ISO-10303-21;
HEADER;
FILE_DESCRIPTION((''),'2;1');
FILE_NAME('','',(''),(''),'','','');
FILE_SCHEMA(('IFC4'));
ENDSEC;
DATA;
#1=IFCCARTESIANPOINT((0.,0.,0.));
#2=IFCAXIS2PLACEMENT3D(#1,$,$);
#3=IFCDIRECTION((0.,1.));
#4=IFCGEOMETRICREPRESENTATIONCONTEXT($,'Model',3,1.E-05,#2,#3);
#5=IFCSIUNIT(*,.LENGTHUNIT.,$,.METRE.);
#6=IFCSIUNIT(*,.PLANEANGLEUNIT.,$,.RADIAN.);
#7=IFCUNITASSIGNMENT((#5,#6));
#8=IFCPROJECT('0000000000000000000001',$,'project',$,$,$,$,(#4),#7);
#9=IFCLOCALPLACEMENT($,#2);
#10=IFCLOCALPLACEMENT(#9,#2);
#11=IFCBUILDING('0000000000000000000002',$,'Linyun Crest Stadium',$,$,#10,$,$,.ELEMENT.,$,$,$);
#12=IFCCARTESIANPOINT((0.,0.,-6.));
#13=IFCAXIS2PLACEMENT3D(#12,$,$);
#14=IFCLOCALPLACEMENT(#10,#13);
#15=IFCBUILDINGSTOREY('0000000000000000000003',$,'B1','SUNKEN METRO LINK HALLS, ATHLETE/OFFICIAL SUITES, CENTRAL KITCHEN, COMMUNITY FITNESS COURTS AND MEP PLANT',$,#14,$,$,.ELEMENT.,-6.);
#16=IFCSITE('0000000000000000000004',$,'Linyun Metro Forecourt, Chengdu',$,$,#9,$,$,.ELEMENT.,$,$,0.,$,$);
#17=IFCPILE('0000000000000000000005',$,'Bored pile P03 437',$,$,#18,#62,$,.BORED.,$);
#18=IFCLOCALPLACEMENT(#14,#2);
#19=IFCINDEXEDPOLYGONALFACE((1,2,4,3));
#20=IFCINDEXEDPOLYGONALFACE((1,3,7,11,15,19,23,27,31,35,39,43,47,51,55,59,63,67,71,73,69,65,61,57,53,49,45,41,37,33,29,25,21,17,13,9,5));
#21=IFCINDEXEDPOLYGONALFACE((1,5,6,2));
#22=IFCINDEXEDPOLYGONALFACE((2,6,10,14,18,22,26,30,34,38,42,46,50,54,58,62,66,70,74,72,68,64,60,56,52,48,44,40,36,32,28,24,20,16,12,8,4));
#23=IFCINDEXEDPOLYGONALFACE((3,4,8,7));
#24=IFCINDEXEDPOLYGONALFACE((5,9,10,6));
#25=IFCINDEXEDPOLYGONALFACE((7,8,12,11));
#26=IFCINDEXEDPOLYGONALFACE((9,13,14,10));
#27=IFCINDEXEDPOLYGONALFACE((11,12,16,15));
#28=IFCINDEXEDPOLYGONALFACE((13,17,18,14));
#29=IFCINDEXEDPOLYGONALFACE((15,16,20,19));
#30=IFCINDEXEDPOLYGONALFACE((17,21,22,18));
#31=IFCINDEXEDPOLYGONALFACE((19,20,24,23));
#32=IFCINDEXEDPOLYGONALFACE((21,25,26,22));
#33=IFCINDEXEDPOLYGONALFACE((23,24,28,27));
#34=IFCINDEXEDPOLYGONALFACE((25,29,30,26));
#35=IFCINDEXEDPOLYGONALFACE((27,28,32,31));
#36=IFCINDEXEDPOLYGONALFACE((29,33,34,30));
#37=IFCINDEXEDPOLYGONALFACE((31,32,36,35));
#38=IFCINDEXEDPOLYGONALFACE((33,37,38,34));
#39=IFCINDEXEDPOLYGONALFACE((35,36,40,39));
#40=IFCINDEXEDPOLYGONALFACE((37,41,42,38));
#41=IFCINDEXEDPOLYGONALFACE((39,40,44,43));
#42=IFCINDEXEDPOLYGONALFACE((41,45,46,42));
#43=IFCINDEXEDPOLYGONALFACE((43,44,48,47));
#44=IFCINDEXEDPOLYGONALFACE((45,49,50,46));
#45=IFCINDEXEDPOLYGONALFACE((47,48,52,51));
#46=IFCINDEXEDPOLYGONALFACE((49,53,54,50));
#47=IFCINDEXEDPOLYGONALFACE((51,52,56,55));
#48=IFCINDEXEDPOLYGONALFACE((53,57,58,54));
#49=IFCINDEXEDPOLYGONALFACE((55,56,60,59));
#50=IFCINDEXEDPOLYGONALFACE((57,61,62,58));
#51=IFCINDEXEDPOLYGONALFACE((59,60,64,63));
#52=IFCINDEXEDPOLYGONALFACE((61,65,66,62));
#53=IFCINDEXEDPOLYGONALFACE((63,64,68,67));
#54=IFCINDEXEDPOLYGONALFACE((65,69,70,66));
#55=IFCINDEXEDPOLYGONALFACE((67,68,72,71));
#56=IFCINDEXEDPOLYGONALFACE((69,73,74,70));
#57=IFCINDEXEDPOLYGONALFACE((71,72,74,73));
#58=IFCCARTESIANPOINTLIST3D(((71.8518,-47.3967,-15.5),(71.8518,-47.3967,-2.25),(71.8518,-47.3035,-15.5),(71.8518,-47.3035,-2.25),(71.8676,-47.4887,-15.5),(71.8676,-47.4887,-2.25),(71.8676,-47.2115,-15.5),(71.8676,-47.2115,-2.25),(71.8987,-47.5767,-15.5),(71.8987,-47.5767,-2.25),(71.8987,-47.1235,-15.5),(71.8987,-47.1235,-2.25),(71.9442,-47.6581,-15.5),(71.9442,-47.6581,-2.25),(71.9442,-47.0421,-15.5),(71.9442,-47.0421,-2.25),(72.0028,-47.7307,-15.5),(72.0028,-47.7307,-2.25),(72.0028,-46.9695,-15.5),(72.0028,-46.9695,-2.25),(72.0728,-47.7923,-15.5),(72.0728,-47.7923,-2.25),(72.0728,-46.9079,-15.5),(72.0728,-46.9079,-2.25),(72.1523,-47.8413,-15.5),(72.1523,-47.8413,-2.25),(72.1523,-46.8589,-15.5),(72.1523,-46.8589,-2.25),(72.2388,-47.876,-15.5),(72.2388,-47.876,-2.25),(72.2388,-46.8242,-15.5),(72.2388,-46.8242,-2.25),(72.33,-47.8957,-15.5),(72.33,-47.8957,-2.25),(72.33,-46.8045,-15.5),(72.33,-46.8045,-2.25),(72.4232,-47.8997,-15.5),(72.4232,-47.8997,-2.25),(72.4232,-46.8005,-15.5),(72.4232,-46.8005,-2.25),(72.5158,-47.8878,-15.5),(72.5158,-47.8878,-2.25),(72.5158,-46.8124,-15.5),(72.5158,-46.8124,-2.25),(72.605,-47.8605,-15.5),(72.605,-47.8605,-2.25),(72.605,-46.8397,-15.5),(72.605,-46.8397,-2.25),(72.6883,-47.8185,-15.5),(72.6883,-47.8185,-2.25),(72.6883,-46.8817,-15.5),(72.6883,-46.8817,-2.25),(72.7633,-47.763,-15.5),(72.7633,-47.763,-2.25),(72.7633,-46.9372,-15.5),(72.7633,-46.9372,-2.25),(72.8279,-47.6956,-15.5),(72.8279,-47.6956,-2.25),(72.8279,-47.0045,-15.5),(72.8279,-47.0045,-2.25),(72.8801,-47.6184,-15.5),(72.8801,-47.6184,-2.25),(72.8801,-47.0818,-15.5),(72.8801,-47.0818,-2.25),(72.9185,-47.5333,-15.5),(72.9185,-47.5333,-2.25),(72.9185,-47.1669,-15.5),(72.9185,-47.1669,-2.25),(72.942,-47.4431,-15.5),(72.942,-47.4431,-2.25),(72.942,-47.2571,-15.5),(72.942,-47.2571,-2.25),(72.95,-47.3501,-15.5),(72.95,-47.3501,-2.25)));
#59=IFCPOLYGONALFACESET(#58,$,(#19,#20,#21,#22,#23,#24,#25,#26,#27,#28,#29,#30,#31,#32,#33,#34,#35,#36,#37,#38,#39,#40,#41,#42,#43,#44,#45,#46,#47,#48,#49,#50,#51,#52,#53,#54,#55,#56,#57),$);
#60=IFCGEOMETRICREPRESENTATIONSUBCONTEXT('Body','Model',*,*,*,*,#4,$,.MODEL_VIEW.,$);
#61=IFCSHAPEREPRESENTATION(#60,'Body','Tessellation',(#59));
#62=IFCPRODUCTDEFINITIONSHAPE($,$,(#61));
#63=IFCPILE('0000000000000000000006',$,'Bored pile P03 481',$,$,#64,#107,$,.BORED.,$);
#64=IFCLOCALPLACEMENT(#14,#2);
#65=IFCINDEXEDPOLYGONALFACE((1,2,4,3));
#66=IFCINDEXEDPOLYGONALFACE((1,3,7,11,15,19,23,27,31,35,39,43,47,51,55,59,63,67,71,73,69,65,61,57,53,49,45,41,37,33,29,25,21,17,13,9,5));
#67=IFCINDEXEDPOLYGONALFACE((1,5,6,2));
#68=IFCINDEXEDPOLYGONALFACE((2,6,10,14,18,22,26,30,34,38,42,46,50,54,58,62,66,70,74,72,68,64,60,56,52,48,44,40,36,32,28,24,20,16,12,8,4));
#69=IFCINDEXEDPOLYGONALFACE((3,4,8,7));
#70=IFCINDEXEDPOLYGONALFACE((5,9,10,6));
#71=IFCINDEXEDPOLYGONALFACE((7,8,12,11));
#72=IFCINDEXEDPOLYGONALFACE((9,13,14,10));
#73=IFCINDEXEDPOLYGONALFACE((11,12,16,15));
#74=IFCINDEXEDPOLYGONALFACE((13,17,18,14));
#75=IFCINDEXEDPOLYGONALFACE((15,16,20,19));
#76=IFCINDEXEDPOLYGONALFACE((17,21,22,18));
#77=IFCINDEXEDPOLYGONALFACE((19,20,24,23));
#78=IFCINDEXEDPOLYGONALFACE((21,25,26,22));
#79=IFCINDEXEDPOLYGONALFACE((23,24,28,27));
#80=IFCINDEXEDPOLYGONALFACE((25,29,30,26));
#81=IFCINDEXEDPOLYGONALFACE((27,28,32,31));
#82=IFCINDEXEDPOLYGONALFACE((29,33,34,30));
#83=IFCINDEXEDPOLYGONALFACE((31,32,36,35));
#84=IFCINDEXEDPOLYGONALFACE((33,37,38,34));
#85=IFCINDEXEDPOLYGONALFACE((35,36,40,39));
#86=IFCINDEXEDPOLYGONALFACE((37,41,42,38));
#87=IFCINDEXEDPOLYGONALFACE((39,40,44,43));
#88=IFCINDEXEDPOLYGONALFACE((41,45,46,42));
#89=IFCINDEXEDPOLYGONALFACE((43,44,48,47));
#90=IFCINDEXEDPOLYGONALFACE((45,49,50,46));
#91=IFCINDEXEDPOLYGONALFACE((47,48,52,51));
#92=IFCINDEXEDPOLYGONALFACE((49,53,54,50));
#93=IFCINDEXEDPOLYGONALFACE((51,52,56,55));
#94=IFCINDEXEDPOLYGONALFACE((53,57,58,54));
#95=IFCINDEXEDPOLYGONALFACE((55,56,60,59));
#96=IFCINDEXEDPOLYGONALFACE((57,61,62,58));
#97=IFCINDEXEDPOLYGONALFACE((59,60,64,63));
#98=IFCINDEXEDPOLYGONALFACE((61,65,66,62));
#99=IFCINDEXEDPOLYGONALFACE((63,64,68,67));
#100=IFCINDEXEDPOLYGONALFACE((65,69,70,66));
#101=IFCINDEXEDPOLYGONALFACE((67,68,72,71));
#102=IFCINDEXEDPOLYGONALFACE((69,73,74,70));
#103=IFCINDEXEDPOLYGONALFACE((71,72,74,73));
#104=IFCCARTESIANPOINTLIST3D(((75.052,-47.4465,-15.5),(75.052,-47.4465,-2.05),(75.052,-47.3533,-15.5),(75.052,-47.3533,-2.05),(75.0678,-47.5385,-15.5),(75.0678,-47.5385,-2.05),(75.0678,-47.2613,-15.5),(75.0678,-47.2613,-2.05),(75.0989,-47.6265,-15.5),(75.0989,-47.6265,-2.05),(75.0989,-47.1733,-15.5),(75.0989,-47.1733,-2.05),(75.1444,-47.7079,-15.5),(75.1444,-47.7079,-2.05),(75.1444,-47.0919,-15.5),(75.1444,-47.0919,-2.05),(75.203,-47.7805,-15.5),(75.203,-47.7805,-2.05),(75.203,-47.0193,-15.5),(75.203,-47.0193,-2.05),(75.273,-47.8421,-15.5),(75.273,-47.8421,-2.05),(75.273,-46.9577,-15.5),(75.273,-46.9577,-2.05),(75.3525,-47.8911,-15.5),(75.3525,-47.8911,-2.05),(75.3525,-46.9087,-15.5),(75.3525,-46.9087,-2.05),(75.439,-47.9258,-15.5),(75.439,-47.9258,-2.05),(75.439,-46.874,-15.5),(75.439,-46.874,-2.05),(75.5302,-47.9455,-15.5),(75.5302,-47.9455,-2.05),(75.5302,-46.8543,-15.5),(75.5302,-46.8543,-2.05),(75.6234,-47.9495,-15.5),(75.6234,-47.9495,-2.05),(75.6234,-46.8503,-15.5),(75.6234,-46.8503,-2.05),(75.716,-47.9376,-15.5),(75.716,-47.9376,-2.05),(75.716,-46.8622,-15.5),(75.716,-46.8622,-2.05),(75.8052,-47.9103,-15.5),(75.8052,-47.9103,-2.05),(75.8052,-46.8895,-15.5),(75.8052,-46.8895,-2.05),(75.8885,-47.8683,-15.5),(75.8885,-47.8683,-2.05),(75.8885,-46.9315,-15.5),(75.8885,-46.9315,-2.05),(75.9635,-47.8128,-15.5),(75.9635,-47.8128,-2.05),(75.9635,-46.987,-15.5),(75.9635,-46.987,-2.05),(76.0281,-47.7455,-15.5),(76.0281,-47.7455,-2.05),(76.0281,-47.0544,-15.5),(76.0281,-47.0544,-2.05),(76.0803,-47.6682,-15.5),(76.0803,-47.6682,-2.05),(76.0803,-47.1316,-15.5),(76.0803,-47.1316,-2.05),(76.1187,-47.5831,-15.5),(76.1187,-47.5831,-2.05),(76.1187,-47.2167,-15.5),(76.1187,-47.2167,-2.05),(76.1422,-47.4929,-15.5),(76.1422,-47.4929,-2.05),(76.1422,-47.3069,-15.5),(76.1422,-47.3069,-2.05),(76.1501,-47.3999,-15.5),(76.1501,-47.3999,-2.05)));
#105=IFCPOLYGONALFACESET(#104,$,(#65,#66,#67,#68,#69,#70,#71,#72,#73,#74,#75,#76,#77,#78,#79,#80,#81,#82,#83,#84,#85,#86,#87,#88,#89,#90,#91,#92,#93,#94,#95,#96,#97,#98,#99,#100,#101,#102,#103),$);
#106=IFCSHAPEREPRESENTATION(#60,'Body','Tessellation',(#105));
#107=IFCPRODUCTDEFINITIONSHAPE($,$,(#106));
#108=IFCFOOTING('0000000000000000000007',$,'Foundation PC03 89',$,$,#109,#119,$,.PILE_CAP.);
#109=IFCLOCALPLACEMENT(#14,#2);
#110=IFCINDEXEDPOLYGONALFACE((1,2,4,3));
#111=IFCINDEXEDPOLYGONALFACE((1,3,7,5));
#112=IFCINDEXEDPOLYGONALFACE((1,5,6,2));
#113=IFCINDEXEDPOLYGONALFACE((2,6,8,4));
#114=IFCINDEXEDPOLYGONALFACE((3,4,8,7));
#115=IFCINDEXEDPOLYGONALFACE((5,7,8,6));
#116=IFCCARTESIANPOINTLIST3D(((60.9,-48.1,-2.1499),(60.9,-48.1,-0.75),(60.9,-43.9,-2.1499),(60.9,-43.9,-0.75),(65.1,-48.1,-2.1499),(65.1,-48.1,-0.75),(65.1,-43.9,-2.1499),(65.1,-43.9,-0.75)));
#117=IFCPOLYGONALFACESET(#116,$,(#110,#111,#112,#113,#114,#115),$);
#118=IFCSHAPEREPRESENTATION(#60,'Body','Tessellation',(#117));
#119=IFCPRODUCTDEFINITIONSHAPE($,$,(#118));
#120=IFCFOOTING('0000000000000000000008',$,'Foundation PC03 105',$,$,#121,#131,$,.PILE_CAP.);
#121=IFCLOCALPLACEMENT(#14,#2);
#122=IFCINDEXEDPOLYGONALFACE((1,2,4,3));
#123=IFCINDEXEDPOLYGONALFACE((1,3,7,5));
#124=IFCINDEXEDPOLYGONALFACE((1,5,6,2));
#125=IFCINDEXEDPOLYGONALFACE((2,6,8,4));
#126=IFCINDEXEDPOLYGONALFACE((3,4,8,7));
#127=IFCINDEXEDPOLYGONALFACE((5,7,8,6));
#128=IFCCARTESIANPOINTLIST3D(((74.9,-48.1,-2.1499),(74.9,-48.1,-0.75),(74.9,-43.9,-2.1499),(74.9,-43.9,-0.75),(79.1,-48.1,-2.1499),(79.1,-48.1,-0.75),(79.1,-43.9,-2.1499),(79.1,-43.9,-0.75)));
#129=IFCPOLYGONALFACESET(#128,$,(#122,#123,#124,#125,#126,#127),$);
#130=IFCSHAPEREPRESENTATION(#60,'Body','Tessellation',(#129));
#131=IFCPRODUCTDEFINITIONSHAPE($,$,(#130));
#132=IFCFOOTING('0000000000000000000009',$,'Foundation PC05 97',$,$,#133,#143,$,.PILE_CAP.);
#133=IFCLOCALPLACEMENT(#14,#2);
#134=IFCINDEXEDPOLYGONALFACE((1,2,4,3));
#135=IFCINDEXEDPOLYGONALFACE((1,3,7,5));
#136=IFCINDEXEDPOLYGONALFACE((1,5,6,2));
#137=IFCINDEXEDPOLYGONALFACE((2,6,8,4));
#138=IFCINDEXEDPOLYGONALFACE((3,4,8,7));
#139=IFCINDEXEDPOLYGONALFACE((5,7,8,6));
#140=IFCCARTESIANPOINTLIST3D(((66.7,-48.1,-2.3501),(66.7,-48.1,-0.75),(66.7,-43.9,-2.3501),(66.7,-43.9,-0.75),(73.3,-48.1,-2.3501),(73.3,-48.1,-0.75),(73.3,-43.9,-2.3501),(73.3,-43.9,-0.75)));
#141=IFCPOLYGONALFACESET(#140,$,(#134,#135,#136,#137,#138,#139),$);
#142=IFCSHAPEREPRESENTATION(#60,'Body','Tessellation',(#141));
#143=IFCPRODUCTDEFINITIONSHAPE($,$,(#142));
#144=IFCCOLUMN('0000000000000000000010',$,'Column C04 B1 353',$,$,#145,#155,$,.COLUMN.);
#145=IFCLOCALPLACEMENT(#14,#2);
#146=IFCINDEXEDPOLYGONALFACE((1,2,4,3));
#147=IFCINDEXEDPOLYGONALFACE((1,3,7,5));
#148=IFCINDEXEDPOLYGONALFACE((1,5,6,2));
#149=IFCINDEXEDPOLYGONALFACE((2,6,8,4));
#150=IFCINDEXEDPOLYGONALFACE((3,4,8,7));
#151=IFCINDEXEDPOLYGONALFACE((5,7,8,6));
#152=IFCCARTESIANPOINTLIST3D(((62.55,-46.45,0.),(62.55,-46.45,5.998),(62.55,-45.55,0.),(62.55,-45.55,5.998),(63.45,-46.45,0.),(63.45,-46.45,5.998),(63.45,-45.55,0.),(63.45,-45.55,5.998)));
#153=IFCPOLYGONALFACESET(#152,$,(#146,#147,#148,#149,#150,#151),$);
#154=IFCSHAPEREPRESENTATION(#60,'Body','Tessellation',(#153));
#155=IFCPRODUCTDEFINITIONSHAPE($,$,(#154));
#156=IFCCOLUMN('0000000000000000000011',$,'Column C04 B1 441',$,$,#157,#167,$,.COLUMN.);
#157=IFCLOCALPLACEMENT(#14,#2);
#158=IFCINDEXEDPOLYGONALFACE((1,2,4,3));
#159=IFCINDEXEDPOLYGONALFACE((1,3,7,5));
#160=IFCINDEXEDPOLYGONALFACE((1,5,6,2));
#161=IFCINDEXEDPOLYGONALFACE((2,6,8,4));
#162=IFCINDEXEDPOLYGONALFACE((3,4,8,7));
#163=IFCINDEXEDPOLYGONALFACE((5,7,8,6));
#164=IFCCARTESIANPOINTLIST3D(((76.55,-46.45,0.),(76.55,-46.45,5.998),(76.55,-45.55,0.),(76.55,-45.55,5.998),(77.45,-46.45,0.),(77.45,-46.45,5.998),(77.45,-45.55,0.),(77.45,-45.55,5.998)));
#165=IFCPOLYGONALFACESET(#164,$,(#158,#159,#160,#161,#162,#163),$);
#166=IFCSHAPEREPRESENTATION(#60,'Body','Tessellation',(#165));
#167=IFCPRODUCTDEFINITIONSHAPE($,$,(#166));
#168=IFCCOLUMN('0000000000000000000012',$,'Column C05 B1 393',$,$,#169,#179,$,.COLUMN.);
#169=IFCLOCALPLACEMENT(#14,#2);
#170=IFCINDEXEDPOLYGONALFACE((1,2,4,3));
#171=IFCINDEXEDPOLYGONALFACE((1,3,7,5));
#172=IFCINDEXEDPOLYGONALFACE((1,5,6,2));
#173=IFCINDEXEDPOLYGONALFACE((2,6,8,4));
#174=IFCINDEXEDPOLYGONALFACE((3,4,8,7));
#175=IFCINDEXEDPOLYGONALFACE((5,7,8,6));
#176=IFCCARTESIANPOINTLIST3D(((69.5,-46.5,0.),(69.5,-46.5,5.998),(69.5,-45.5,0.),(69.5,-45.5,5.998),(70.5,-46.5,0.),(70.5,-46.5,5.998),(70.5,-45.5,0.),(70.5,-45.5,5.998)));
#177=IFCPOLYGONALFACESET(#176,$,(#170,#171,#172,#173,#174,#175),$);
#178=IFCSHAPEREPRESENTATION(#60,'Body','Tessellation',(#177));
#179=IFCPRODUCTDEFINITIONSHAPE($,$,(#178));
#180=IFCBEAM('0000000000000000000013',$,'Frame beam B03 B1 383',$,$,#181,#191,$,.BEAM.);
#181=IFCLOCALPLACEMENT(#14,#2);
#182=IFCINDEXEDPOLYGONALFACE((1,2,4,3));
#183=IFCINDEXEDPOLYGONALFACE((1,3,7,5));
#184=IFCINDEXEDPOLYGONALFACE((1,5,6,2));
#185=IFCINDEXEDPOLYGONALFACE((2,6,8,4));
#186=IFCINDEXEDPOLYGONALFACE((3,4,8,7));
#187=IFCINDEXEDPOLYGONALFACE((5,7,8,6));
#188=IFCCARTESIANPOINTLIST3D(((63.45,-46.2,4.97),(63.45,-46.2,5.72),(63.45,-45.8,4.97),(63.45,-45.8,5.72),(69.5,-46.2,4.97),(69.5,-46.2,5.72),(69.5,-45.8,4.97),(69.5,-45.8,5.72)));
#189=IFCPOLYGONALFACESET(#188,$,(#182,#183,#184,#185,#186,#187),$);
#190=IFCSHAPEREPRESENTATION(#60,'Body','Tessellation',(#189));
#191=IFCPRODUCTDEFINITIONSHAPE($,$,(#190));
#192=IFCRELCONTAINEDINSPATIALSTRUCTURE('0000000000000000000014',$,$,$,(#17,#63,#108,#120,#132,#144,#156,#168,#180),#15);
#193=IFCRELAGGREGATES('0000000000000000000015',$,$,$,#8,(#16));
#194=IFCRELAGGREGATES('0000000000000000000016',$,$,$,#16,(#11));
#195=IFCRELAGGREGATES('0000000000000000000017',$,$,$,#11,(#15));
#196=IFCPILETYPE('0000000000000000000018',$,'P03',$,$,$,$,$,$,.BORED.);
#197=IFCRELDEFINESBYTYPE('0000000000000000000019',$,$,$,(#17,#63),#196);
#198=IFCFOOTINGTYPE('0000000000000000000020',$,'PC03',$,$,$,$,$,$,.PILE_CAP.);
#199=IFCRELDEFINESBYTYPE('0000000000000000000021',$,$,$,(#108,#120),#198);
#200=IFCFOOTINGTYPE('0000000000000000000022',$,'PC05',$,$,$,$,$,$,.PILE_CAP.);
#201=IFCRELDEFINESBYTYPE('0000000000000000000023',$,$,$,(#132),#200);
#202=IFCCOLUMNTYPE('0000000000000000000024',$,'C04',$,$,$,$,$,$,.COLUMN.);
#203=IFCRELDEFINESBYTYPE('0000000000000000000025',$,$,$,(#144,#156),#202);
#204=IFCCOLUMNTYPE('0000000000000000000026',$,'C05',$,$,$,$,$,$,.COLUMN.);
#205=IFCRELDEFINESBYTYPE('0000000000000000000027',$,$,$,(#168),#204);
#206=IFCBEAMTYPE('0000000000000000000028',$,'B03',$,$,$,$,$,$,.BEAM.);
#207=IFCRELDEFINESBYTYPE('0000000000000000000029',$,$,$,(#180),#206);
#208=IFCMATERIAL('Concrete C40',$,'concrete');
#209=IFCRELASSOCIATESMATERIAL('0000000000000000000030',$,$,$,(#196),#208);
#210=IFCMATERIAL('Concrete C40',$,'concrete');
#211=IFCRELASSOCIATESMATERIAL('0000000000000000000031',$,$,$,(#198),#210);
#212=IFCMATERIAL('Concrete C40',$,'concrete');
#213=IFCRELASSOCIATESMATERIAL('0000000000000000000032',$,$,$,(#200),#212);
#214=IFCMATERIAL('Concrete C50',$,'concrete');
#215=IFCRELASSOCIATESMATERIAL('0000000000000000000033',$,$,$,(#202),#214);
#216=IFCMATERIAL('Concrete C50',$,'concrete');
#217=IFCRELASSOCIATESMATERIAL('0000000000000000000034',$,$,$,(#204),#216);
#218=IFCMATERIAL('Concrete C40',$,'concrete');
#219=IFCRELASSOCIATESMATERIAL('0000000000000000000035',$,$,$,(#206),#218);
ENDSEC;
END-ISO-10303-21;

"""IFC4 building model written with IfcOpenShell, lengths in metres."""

from ifc_helpers import new_model, si_unit, direction, frame, origin, origin_2d, place, context, subcontext, project, spatial, rectangle, circle, extrude, material, material_profile, profile_set, type_object, element, save


model = new_model("IFC4")

# Units and contexts
model_context = context("Model", 3, precision=1e-05, world=origin(), true_north=direction((0.0, 1.0)))
body_context = subcontext(model_context, "Body", "Model", "MODEL_VIEW")
ifc_project = project(units=[si_unit("LENGTHUNIT", "METRE"), si_unit("PLANEANGLEUNIT", "RADIAN")], contexts=[model_context])

# Site, building, storey
site_placement = place(None, origin())
site = spatial("IfcSite", under=ifc_project, at=site_placement, Name="Linyun Metro Forecourt, Chengdu", CompositionType="ELEMENT", RefElevation=0.0)
building_placement = place(site_placement, origin())
building = spatial("IfcBuilding", under=site, at=building_placement, Name="Linyun Crest Stadium", CompositionType="ELEMENT")
storey_placement = place(building_placement, frame((0.0, 0.0, -6.0)))
storey = spatial("IfcBuildingStorey", under=building, at=storey_placement, Name="B1", Description="SUNKEN METRO LINK HALLS, ATHLETE/OFFICIAL SUITES, CENTRAL KITCHEN, COMMUNITY FITNESS COURTS AND MEP PLANT", CompositionType="ELEMENT", Elevation=-6.0)

# Piles
ifc_material_1 = material(Name="Concrete C40", Category="concrete")
ifc_material_profile_1 = material_profile(ifc_material_1, circle(Radius=0.55, at=origin_2d()), Name="BORED PILE 1100")
ifc_profile_set_1 = profile_set([ifc_material_profile_1], Name="Concrete C40")
pile_type = type_object("IfcPileType", Name="P03", PredefinedType="BORED", material=ifc_profile_set_1)
for number, where, z_axis, x_axis, name in (
    (1, (72.3999, -47.3501, -2.25), (0.0, 0.0, -1.0), (1.0, 0.0, 0.0), "Bored pile P03 437"),
):
    element("IfcPile", number, at=place(storey_placement, frame(where, z_axis=z_axis, x_axis=x_axis)), inside=storey, type_object=pile_type, Name=name, PredefinedType="BORED", context=body_context, shape_type="SweptSolid", body=[
        extrude(circle(Radius=0.55, at=origin_2d()), origin(), (0.0, 0.0, 1.0), 13.25),
    ])
pile_placement = place(storey_placement, frame((75.6001, -47.3999, -2.05), z_axis=(0.0, 0.0, -1.0), x_axis=(1.0, 0.0, 0.0)))
element("IfcPile", 2, at=pile_placement, inside=storey, type_object=pile_type, Name="Bored pile P03 481", PredefinedType="BORED", context=body_context, shape_type="SweptSolid", body=[
    extrude(circle(Radius=0.55, at=origin_2d()), origin(), (0.0, 0.0, 1.0), 13.45),
])

# Footings
ifc_material_2 = material(Name="Concrete C40", Category="concrete")
footing_type_1 = type_object("IfcFootingType", Name="PC03", PredefinedType="PILE_CAP", material=ifc_material_2)
for number, where, z_axis, x_axis, name in (
    (3, (63.0, -46.0, -2.1499), (0.0, 0.0, 1.0), (1.0, 0.0, 0.0), "Foundation PC03 89"),
    (4, (77.0, -46.0, -2.1499), (0.0, 0.0, 1.0), (1.0, 0.0, 0.0), "Foundation PC03 105"),
):
    element("IfcFooting", number, at=place(storey_placement, frame(where, z_axis=z_axis, x_axis=x_axis)), inside=storey, type_object=footing_type_1, Name=name, PredefinedType="PILE_CAP", context=body_context, shape_type="SweptSolid", body=[
        extrude(rectangle(XDim=4.2, YDim=4.2, at=origin_2d()), origin(), (0.0, 0.0, 1.0), 1.3999),
    ])
ifc_material_3 = material(Name="Concrete C40", Category="concrete")
footing_type_2 = type_object("IfcFootingType", Name="PC05", PredefinedType="PILE_CAP", material=ifc_material_3)
footing_placement = place(storey_placement, frame((70.0, -46.0, -2.3501), z_axis=(0.0, 0.0, 1.0), x_axis=(1.0, 0.0, 0.0)))
element("IfcFooting", 5, at=footing_placement, inside=storey, type_object=footing_type_2, Name="Foundation PC05 97", PredefinedType="PILE_CAP", context=body_context, shape_type="SweptSolid", body=[
    extrude(rectangle(XDim=6.6001, YDim=4.2, at=origin_2d()), origin(), (0.0, 0.0, 1.0), 1.6001),
])

# Columns
ifc_material_4 = material(Name="Concrete C50", Category="concrete")
ifc_material_profile_2 = material_profile(ifc_material_4, rectangle(XDim=0.8999, YDim=0.8999, at=origin_2d()), Name="RC 900x900")
ifc_profile_set_2 = profile_set([ifc_material_profile_2], Name="Concrete C50")
column_type_1 = type_object("IfcColumnType", Name="C04", PredefinedType="COLUMN", material=ifc_profile_set_2)
for number, where, z_axis, x_axis, name in (
    (6, (63.0, -46.0, 0.0), (0.0, 0.0, 1.0), (1.0, 0.0, 0.0), "Column C04 B1 353"),
    (7, (77.0, -46.0, 0.0), (0.0, 0.0, 1.0), (1.0, 0.0, 0.0), "Column C04 B1 441"),
):
    element("IfcColumn", number, at=place(storey_placement, frame(where, z_axis=z_axis, x_axis=x_axis)), inside=storey, type_object=column_type_1, Name=name, PredefinedType="COLUMN", context=body_context, shape_type="SweptSolid", body=[
        extrude(rectangle(XDim=0.8999, YDim=0.8999, at=origin_2d()), origin(), (0.0, 0.0, 1.0), 5.998),
    ])
ifc_material_5 = material(Name="Concrete C50", Category="concrete")
ifc_material_profile_3 = material_profile(ifc_material_5, rectangle(XDim=1.0, YDim=1.0, at=origin_2d()), Name="RC 1000x1000")
ifc_profile_set_3 = profile_set([ifc_material_profile_3], Name="Concrete C50")
column_type_2 = type_object("IfcColumnType", Name="C05", PredefinedType="COLUMN", material=ifc_profile_set_3)
column_placement = place(storey_placement, frame((70.0, -46.0, 0.0), z_axis=(0.0, 0.0, 1.0), x_axis=(1.0, 0.0, 0.0)))
element("IfcColumn", 8, at=column_placement, inside=storey, type_object=column_type_2, Name="Column C05 B1 393", PredefinedType="COLUMN", context=body_context, shape_type="SweptSolid", body=[
    extrude(rectangle(XDim=1.0, YDim=1.0, at=origin_2d()), origin(), (0.0, 0.0, 1.0), 5.998),
])

# Beam
ifc_material_6 = material(Name="Concrete C40", Category="concrete")
ifc_material_profile_4 = material_profile(ifc_material_6, rectangle(XDim=0.3999, YDim=0.75, at=origin_2d()), Name="RCB 750x400")
ifc_profile_set_4 = profile_set([ifc_material_profile_4], Name="Concrete C40")
beam_type_1 = type_object("IfcBeamType", Name="B03", PredefinedType="BEAM", material=ifc_profile_set_4)
beam_1_placement = place(storey_placement, frame((63.45, -46.0, 5.345), z_axis=(1.0, 0.0, 0.0), x_axis=(0.0, 1.0, 0.0)))
element("IfcBeam", 9, at=beam_1_placement, inside=storey, type_object=beam_type_1, Name="Frame beam B03 B1 383", PredefinedType="BEAM", context=body_context, shape_type="SweptSolid", body=[
    extrude(rectangle(XDim=0.3999, YDim=0.75, at=origin_2d()), origin(), (0.0, 0.0, 1.0), 6.05),
])

save(model, "model.ifc")
